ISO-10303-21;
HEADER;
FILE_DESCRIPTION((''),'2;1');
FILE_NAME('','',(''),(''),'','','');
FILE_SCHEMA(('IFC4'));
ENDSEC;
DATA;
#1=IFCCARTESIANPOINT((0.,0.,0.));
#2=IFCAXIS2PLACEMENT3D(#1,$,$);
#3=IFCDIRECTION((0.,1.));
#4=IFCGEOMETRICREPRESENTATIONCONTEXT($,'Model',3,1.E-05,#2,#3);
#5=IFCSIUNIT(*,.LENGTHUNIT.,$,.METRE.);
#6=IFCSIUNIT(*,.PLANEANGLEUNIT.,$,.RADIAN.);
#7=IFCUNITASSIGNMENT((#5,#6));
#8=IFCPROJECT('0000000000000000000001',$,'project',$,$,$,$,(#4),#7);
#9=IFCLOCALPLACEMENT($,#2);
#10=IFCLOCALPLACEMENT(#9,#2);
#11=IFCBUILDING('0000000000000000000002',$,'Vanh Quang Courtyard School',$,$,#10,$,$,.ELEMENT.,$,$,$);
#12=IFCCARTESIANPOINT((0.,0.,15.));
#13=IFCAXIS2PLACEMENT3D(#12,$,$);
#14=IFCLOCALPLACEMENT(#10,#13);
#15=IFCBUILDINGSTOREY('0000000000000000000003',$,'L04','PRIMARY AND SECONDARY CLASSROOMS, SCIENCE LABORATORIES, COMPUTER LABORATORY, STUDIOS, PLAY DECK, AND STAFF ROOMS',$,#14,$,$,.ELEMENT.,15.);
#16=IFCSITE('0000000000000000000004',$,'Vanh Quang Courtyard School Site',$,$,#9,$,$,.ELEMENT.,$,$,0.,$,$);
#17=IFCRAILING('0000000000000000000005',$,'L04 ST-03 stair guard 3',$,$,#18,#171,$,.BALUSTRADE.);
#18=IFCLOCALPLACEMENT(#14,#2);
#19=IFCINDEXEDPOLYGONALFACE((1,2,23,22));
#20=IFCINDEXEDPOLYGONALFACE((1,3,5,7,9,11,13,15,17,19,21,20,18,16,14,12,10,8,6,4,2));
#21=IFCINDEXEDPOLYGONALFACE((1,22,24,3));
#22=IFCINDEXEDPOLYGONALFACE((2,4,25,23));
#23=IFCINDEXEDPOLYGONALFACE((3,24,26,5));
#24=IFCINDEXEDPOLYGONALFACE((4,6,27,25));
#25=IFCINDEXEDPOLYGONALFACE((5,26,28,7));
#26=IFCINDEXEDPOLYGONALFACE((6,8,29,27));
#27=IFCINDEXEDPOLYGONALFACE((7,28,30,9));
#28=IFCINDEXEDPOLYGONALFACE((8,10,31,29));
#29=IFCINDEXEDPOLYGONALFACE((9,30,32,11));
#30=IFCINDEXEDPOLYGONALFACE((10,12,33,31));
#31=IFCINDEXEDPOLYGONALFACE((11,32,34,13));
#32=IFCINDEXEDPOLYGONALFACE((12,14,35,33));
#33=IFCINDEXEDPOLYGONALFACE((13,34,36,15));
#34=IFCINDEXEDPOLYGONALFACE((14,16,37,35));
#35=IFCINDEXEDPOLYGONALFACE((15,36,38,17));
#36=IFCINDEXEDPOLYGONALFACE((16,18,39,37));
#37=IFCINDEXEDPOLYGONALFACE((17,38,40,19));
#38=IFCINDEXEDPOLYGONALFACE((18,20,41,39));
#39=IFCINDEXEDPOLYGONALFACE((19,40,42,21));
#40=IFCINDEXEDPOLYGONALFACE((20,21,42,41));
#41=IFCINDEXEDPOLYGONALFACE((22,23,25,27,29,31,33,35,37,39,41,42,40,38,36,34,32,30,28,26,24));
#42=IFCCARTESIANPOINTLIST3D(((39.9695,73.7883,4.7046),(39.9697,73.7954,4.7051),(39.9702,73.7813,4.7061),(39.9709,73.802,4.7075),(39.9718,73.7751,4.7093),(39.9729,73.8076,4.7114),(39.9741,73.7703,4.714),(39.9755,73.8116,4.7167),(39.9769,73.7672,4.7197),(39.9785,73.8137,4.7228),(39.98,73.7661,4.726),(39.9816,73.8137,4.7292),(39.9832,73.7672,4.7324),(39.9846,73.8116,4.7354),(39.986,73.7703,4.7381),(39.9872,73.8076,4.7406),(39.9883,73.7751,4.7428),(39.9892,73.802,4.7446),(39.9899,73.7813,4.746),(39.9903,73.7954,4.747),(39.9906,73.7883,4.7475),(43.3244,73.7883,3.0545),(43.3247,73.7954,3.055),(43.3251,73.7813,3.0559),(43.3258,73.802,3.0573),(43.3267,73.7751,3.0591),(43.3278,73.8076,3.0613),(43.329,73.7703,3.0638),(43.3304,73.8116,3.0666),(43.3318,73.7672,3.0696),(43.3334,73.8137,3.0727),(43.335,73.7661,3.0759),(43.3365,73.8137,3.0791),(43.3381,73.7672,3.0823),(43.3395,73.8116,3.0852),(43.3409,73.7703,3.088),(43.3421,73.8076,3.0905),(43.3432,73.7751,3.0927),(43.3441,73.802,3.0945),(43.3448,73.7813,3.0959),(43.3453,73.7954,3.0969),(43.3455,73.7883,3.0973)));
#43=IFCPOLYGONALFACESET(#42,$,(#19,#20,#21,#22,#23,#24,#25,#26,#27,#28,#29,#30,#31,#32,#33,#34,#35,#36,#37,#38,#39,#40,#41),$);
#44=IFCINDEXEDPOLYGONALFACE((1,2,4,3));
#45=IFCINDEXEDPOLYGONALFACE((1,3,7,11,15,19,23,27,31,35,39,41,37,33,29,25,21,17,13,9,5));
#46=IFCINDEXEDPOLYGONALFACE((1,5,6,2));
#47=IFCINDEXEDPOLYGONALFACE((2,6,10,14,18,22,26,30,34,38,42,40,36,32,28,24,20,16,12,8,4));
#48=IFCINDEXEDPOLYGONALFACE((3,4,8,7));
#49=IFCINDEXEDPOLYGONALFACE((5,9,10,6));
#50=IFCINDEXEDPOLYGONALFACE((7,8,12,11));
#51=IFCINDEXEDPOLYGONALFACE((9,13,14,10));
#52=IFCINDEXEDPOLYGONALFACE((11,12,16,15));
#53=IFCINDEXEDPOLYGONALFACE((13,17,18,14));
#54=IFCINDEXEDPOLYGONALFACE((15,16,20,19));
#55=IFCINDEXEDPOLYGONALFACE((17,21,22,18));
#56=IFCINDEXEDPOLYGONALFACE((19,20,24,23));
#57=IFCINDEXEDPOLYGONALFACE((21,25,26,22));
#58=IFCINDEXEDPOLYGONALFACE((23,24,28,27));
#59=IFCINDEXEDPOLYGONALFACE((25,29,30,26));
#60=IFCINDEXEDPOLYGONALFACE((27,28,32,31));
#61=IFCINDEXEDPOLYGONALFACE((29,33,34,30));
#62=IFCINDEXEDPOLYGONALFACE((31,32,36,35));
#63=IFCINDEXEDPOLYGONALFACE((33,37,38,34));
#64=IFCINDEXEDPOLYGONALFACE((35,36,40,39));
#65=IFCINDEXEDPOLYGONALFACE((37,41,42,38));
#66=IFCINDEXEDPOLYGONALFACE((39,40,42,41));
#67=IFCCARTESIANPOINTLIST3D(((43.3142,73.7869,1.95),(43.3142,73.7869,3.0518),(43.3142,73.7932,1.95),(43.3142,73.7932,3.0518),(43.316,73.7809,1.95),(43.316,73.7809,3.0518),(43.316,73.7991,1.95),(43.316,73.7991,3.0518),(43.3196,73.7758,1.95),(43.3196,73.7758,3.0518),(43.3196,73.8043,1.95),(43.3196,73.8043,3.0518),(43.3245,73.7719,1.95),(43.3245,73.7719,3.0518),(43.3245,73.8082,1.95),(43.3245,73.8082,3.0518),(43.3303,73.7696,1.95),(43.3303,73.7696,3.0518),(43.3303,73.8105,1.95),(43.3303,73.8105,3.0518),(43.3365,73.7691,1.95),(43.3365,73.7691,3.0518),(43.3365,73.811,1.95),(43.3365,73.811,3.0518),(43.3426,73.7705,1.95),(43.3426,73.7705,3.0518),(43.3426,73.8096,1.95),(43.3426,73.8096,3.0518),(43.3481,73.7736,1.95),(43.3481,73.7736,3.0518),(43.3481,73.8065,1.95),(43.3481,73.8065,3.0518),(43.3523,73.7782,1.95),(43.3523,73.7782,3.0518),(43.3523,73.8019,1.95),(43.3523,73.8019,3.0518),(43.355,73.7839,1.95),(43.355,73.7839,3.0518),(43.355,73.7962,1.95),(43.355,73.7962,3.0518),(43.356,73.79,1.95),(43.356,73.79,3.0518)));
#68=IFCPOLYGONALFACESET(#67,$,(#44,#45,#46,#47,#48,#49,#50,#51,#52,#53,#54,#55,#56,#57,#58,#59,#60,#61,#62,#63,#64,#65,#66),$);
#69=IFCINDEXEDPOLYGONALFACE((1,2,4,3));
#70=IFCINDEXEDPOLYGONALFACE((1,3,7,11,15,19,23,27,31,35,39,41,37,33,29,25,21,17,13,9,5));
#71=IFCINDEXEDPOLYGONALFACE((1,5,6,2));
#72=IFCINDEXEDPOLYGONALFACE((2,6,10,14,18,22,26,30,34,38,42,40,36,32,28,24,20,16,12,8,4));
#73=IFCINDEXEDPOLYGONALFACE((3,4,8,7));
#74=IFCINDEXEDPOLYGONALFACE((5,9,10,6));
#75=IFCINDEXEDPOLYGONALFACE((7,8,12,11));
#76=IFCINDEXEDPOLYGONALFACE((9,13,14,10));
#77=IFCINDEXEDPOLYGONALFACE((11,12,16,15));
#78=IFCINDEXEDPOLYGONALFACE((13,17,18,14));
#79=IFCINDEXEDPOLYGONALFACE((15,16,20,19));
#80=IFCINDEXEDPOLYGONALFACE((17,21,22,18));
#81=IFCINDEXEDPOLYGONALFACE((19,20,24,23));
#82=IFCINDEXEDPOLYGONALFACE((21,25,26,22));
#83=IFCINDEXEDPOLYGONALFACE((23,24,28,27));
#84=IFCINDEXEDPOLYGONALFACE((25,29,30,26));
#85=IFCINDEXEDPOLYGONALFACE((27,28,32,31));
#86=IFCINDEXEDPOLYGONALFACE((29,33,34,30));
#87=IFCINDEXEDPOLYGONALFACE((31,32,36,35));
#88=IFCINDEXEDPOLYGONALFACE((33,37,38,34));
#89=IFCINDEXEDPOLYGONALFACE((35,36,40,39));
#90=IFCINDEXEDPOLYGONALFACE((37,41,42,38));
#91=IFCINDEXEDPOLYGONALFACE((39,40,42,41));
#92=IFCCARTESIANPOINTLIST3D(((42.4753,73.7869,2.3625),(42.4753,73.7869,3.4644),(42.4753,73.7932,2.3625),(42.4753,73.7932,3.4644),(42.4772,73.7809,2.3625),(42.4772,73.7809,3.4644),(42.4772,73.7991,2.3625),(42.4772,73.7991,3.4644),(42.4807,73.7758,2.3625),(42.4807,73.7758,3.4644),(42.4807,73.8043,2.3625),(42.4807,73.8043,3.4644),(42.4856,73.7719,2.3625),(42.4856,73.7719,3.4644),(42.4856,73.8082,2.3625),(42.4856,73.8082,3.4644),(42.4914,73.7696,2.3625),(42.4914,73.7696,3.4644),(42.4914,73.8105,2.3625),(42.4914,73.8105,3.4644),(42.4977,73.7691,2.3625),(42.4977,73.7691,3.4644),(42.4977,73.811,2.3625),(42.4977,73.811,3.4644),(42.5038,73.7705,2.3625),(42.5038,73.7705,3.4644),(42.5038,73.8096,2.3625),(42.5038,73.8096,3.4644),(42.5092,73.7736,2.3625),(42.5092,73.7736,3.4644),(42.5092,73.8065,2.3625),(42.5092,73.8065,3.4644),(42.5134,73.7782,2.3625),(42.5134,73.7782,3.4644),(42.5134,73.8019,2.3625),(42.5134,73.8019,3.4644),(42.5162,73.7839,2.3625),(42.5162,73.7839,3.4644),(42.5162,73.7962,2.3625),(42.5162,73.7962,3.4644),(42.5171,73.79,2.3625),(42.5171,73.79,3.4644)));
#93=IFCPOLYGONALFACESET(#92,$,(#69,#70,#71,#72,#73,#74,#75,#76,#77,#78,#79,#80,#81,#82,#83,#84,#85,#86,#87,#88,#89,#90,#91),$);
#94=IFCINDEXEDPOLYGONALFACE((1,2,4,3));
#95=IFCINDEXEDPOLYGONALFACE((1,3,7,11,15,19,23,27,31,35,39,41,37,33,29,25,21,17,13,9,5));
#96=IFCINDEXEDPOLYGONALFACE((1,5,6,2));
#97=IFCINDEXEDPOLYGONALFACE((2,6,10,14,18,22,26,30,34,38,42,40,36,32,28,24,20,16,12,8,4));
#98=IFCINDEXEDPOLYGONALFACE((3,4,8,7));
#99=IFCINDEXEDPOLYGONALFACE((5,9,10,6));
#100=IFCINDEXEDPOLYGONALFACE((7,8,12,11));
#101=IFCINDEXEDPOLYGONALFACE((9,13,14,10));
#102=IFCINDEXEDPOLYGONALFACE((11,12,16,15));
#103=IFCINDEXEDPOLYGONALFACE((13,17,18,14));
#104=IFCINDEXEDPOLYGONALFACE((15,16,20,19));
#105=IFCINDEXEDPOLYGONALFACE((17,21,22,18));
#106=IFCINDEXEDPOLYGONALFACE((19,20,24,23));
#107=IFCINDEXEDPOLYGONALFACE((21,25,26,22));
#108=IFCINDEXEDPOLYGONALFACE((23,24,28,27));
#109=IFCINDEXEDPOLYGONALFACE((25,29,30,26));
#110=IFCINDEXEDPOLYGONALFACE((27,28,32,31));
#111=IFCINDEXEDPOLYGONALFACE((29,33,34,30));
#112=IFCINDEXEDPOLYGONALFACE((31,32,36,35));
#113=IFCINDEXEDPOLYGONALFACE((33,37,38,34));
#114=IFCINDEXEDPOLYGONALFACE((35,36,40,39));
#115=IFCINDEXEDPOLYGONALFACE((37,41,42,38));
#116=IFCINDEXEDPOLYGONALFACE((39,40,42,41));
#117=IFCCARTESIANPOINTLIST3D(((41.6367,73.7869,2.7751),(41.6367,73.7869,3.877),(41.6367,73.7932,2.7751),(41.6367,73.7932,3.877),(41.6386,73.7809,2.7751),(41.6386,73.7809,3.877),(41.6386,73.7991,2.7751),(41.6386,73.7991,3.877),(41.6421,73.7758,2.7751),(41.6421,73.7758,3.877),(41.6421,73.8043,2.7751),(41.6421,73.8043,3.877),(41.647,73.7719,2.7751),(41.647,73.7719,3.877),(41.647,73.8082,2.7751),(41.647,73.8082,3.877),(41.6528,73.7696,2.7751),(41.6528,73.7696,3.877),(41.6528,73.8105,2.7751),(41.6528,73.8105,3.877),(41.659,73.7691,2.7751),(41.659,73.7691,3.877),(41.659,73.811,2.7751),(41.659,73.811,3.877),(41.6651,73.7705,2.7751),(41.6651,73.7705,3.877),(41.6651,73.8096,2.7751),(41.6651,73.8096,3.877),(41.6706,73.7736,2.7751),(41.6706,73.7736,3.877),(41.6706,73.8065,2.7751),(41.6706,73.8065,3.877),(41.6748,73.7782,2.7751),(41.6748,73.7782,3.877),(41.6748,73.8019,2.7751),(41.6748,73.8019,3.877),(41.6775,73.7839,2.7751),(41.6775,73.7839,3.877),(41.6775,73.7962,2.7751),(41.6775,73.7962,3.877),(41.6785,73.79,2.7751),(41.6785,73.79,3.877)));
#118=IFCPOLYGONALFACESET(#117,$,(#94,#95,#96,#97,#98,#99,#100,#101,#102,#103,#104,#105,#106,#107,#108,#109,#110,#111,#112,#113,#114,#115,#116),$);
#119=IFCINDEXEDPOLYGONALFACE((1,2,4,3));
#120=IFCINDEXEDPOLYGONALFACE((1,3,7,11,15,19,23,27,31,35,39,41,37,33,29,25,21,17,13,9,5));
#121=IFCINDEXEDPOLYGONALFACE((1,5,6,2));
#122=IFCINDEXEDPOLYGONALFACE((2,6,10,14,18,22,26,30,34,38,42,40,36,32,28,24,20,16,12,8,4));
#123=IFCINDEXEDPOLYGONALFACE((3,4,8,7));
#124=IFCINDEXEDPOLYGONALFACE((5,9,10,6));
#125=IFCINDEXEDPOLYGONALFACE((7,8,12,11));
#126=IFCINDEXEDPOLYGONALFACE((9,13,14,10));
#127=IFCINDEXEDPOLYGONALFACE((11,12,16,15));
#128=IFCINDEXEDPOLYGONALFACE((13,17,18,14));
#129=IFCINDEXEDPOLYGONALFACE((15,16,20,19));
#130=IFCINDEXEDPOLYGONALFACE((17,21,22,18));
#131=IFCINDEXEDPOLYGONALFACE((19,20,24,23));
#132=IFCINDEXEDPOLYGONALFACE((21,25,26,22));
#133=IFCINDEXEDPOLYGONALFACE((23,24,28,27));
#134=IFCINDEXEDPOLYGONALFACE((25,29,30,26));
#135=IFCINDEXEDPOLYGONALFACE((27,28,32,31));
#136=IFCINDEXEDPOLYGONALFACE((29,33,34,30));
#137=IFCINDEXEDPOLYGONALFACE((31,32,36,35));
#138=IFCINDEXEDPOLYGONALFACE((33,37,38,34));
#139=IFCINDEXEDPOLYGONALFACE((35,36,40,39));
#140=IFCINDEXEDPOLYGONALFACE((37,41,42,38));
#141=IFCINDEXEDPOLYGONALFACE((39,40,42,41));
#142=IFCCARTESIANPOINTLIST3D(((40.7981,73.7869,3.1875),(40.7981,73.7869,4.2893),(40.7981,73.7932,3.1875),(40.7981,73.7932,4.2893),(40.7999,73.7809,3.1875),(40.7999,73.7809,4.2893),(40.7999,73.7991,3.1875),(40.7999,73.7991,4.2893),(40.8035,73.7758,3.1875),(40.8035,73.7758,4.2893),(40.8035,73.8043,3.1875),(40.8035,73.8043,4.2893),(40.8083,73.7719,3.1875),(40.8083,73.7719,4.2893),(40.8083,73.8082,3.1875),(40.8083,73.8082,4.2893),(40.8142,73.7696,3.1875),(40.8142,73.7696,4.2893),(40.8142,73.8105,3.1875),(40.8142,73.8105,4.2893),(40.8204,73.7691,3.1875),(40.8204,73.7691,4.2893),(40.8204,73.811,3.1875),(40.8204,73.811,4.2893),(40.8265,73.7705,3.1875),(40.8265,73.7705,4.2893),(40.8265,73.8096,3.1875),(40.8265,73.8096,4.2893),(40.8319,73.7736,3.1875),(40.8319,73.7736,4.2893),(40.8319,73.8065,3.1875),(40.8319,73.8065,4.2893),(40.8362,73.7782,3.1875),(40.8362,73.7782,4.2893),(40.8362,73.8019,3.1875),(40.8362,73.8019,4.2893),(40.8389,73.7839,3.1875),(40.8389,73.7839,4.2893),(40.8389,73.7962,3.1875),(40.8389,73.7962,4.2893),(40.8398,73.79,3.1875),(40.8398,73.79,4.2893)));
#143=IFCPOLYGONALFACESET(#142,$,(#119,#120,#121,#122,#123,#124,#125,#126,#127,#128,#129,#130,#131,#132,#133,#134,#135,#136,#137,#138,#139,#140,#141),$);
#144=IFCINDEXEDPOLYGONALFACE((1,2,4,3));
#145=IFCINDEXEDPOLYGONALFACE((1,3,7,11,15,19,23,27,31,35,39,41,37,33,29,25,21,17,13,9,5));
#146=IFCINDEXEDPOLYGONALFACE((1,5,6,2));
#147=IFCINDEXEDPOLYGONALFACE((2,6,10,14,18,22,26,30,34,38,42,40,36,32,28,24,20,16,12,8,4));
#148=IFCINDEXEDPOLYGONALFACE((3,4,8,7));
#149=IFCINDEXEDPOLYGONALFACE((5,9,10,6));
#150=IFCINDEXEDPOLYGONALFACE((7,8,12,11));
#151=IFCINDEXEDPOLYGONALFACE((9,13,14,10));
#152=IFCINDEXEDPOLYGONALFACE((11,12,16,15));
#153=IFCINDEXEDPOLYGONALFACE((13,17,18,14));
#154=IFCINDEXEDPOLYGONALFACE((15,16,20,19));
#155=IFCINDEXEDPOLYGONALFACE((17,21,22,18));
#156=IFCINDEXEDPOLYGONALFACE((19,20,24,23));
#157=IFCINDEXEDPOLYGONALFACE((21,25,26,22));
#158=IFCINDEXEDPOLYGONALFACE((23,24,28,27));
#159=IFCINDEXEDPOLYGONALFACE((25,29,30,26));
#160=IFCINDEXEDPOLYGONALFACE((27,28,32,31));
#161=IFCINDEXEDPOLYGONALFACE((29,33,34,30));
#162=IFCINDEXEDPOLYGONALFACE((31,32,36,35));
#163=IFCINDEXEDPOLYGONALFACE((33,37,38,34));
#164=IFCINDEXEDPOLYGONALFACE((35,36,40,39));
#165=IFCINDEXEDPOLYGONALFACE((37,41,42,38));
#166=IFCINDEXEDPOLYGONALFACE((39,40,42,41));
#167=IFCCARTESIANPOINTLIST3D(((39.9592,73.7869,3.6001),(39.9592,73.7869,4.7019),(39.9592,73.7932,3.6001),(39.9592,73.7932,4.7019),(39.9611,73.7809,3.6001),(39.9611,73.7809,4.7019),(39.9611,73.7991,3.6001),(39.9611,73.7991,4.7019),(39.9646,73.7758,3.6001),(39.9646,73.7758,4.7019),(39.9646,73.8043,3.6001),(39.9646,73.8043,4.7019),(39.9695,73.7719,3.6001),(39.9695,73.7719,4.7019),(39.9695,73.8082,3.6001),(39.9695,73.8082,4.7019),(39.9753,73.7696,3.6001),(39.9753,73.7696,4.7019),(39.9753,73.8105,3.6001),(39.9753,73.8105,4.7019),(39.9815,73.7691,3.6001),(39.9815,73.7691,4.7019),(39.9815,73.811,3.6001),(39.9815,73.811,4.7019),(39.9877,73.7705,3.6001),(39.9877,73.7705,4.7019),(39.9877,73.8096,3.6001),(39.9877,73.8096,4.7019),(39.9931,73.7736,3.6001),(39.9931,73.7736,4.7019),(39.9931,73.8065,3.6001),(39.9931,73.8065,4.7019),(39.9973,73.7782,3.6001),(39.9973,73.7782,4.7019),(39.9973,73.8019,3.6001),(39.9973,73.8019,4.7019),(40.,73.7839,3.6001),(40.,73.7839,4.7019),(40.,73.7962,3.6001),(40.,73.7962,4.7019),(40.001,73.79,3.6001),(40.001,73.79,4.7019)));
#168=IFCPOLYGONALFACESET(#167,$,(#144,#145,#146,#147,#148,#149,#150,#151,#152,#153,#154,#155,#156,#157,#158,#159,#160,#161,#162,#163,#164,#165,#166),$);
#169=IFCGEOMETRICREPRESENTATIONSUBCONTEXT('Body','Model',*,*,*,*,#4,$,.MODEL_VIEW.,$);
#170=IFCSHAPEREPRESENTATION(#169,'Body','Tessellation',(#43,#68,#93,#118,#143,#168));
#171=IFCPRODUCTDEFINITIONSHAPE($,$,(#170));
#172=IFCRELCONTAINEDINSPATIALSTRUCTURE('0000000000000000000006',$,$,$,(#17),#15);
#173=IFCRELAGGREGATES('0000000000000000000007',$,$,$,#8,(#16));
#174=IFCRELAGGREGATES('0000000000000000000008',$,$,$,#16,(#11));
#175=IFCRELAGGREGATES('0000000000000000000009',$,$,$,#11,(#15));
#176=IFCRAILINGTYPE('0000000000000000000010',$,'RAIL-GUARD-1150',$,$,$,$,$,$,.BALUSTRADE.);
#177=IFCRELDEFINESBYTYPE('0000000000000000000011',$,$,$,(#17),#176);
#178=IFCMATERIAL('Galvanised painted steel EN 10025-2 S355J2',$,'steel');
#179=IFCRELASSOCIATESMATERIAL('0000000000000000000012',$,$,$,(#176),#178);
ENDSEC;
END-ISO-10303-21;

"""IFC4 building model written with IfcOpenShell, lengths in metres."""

from ifc_helpers import new_model, si_unit, direction, frame, origin, origin_2d, place, context, subcontext, project, spatial, circle, extrude, material, type_object, element, save


model = new_model("IFC4")

# Units and contexts
model_context = context("Model", 3, precision=1e-05, world=origin(), true_north=direction((0.0, 1.0)))
body_context = subcontext(model_context, "Body", "Model", "MODEL_VIEW")
ifc_project = project(units=[si_unit("LENGTHUNIT", "METRE"), si_unit("PLANEANGLEUNIT", "RADIAN")], contexts=[model_context])

# Site, building, storey
site_placement = place(None, origin())
site = spatial("IfcSite", under=ifc_project, at=site_placement, Name="Vanh Quang Courtyard School Site", CompositionType="ELEMENT", RefElevation=0.0)
building_placement = place(site_placement, origin())
building = spatial("IfcBuilding", under=site, at=building_placement, Name="Vanh Quang Courtyard School", CompositionType="ELEMENT")
storey_placement = place(building_placement, frame((0.0, 0.0, 15.0)))
storey = spatial("IfcBuildingStorey", under=building, at=storey_placement, Name="L04", Description="PRIMARY AND SECONDARY CLASSROOMS, SCIENCE LABORATORIES, COMPUTER LABORATORY, STUDIOS, PLAY DECK, AND STAFF ROOMS", CompositionType="ELEMENT", Elevation=15.0)

# Railing
ifc_material_1 = material(Name="Galvanised painted steel EN 10025-2 S355J2", Category="steel")
railing_type_1 = type_object("IfcRailingType", Name="RAIL-GUARD-1150", PredefinedType="BALUSTRADE", material=ifc_material_1)
railing_1_placement = place(storey_placement, frame((43.335, 73.79, 1.95)))
element("IfcRailing", 1, at=railing_1_placement, inside=storey, type_object=railing_type_1, Name="L04 ST-03 stair guard 3", PredefinedType="BALUSTRADE", context=body_context, shape_type="SweptSolid", body=[
    extrude(circle(Radius=0.0239, at=origin_2d()), frame((0.0, 0.0, 1.126), z_axis=(-0.897333, 0.0, 0.441353), x_axis=(0.0, -1.0, 0.0)), (0.0, 0.0, 1.0), 3.7388),
    extrude(circle(Radius=0.021, at=origin_2d()), origin(), (0.0, 0.0, 1.0), 1.1018),
    extrude(circle(Radius=0.021, at=origin_2d()), frame((-0.8389, 0.0, 0.4126)), (0.0, 0.0, 1.0), 1.1018),
    extrude(circle(Radius=0.021, at=origin_2d()), frame((-1.6775, 0.0, 0.8252)), (0.0, 0.0, 1.0), 1.1018),
    extrude(circle(Radius=0.021, at=origin_2d()), frame((-2.5161, 0.0, 1.2375)), (0.0, 0.0, 1.0), 1.1018),
    extrude(circle(Radius=0.021, at=origin_2d()), frame((-3.355, 0.0, 1.6501)), (0.0, 0.0, 1.0), 1.1018),
])

save(model, "model.ifc")
